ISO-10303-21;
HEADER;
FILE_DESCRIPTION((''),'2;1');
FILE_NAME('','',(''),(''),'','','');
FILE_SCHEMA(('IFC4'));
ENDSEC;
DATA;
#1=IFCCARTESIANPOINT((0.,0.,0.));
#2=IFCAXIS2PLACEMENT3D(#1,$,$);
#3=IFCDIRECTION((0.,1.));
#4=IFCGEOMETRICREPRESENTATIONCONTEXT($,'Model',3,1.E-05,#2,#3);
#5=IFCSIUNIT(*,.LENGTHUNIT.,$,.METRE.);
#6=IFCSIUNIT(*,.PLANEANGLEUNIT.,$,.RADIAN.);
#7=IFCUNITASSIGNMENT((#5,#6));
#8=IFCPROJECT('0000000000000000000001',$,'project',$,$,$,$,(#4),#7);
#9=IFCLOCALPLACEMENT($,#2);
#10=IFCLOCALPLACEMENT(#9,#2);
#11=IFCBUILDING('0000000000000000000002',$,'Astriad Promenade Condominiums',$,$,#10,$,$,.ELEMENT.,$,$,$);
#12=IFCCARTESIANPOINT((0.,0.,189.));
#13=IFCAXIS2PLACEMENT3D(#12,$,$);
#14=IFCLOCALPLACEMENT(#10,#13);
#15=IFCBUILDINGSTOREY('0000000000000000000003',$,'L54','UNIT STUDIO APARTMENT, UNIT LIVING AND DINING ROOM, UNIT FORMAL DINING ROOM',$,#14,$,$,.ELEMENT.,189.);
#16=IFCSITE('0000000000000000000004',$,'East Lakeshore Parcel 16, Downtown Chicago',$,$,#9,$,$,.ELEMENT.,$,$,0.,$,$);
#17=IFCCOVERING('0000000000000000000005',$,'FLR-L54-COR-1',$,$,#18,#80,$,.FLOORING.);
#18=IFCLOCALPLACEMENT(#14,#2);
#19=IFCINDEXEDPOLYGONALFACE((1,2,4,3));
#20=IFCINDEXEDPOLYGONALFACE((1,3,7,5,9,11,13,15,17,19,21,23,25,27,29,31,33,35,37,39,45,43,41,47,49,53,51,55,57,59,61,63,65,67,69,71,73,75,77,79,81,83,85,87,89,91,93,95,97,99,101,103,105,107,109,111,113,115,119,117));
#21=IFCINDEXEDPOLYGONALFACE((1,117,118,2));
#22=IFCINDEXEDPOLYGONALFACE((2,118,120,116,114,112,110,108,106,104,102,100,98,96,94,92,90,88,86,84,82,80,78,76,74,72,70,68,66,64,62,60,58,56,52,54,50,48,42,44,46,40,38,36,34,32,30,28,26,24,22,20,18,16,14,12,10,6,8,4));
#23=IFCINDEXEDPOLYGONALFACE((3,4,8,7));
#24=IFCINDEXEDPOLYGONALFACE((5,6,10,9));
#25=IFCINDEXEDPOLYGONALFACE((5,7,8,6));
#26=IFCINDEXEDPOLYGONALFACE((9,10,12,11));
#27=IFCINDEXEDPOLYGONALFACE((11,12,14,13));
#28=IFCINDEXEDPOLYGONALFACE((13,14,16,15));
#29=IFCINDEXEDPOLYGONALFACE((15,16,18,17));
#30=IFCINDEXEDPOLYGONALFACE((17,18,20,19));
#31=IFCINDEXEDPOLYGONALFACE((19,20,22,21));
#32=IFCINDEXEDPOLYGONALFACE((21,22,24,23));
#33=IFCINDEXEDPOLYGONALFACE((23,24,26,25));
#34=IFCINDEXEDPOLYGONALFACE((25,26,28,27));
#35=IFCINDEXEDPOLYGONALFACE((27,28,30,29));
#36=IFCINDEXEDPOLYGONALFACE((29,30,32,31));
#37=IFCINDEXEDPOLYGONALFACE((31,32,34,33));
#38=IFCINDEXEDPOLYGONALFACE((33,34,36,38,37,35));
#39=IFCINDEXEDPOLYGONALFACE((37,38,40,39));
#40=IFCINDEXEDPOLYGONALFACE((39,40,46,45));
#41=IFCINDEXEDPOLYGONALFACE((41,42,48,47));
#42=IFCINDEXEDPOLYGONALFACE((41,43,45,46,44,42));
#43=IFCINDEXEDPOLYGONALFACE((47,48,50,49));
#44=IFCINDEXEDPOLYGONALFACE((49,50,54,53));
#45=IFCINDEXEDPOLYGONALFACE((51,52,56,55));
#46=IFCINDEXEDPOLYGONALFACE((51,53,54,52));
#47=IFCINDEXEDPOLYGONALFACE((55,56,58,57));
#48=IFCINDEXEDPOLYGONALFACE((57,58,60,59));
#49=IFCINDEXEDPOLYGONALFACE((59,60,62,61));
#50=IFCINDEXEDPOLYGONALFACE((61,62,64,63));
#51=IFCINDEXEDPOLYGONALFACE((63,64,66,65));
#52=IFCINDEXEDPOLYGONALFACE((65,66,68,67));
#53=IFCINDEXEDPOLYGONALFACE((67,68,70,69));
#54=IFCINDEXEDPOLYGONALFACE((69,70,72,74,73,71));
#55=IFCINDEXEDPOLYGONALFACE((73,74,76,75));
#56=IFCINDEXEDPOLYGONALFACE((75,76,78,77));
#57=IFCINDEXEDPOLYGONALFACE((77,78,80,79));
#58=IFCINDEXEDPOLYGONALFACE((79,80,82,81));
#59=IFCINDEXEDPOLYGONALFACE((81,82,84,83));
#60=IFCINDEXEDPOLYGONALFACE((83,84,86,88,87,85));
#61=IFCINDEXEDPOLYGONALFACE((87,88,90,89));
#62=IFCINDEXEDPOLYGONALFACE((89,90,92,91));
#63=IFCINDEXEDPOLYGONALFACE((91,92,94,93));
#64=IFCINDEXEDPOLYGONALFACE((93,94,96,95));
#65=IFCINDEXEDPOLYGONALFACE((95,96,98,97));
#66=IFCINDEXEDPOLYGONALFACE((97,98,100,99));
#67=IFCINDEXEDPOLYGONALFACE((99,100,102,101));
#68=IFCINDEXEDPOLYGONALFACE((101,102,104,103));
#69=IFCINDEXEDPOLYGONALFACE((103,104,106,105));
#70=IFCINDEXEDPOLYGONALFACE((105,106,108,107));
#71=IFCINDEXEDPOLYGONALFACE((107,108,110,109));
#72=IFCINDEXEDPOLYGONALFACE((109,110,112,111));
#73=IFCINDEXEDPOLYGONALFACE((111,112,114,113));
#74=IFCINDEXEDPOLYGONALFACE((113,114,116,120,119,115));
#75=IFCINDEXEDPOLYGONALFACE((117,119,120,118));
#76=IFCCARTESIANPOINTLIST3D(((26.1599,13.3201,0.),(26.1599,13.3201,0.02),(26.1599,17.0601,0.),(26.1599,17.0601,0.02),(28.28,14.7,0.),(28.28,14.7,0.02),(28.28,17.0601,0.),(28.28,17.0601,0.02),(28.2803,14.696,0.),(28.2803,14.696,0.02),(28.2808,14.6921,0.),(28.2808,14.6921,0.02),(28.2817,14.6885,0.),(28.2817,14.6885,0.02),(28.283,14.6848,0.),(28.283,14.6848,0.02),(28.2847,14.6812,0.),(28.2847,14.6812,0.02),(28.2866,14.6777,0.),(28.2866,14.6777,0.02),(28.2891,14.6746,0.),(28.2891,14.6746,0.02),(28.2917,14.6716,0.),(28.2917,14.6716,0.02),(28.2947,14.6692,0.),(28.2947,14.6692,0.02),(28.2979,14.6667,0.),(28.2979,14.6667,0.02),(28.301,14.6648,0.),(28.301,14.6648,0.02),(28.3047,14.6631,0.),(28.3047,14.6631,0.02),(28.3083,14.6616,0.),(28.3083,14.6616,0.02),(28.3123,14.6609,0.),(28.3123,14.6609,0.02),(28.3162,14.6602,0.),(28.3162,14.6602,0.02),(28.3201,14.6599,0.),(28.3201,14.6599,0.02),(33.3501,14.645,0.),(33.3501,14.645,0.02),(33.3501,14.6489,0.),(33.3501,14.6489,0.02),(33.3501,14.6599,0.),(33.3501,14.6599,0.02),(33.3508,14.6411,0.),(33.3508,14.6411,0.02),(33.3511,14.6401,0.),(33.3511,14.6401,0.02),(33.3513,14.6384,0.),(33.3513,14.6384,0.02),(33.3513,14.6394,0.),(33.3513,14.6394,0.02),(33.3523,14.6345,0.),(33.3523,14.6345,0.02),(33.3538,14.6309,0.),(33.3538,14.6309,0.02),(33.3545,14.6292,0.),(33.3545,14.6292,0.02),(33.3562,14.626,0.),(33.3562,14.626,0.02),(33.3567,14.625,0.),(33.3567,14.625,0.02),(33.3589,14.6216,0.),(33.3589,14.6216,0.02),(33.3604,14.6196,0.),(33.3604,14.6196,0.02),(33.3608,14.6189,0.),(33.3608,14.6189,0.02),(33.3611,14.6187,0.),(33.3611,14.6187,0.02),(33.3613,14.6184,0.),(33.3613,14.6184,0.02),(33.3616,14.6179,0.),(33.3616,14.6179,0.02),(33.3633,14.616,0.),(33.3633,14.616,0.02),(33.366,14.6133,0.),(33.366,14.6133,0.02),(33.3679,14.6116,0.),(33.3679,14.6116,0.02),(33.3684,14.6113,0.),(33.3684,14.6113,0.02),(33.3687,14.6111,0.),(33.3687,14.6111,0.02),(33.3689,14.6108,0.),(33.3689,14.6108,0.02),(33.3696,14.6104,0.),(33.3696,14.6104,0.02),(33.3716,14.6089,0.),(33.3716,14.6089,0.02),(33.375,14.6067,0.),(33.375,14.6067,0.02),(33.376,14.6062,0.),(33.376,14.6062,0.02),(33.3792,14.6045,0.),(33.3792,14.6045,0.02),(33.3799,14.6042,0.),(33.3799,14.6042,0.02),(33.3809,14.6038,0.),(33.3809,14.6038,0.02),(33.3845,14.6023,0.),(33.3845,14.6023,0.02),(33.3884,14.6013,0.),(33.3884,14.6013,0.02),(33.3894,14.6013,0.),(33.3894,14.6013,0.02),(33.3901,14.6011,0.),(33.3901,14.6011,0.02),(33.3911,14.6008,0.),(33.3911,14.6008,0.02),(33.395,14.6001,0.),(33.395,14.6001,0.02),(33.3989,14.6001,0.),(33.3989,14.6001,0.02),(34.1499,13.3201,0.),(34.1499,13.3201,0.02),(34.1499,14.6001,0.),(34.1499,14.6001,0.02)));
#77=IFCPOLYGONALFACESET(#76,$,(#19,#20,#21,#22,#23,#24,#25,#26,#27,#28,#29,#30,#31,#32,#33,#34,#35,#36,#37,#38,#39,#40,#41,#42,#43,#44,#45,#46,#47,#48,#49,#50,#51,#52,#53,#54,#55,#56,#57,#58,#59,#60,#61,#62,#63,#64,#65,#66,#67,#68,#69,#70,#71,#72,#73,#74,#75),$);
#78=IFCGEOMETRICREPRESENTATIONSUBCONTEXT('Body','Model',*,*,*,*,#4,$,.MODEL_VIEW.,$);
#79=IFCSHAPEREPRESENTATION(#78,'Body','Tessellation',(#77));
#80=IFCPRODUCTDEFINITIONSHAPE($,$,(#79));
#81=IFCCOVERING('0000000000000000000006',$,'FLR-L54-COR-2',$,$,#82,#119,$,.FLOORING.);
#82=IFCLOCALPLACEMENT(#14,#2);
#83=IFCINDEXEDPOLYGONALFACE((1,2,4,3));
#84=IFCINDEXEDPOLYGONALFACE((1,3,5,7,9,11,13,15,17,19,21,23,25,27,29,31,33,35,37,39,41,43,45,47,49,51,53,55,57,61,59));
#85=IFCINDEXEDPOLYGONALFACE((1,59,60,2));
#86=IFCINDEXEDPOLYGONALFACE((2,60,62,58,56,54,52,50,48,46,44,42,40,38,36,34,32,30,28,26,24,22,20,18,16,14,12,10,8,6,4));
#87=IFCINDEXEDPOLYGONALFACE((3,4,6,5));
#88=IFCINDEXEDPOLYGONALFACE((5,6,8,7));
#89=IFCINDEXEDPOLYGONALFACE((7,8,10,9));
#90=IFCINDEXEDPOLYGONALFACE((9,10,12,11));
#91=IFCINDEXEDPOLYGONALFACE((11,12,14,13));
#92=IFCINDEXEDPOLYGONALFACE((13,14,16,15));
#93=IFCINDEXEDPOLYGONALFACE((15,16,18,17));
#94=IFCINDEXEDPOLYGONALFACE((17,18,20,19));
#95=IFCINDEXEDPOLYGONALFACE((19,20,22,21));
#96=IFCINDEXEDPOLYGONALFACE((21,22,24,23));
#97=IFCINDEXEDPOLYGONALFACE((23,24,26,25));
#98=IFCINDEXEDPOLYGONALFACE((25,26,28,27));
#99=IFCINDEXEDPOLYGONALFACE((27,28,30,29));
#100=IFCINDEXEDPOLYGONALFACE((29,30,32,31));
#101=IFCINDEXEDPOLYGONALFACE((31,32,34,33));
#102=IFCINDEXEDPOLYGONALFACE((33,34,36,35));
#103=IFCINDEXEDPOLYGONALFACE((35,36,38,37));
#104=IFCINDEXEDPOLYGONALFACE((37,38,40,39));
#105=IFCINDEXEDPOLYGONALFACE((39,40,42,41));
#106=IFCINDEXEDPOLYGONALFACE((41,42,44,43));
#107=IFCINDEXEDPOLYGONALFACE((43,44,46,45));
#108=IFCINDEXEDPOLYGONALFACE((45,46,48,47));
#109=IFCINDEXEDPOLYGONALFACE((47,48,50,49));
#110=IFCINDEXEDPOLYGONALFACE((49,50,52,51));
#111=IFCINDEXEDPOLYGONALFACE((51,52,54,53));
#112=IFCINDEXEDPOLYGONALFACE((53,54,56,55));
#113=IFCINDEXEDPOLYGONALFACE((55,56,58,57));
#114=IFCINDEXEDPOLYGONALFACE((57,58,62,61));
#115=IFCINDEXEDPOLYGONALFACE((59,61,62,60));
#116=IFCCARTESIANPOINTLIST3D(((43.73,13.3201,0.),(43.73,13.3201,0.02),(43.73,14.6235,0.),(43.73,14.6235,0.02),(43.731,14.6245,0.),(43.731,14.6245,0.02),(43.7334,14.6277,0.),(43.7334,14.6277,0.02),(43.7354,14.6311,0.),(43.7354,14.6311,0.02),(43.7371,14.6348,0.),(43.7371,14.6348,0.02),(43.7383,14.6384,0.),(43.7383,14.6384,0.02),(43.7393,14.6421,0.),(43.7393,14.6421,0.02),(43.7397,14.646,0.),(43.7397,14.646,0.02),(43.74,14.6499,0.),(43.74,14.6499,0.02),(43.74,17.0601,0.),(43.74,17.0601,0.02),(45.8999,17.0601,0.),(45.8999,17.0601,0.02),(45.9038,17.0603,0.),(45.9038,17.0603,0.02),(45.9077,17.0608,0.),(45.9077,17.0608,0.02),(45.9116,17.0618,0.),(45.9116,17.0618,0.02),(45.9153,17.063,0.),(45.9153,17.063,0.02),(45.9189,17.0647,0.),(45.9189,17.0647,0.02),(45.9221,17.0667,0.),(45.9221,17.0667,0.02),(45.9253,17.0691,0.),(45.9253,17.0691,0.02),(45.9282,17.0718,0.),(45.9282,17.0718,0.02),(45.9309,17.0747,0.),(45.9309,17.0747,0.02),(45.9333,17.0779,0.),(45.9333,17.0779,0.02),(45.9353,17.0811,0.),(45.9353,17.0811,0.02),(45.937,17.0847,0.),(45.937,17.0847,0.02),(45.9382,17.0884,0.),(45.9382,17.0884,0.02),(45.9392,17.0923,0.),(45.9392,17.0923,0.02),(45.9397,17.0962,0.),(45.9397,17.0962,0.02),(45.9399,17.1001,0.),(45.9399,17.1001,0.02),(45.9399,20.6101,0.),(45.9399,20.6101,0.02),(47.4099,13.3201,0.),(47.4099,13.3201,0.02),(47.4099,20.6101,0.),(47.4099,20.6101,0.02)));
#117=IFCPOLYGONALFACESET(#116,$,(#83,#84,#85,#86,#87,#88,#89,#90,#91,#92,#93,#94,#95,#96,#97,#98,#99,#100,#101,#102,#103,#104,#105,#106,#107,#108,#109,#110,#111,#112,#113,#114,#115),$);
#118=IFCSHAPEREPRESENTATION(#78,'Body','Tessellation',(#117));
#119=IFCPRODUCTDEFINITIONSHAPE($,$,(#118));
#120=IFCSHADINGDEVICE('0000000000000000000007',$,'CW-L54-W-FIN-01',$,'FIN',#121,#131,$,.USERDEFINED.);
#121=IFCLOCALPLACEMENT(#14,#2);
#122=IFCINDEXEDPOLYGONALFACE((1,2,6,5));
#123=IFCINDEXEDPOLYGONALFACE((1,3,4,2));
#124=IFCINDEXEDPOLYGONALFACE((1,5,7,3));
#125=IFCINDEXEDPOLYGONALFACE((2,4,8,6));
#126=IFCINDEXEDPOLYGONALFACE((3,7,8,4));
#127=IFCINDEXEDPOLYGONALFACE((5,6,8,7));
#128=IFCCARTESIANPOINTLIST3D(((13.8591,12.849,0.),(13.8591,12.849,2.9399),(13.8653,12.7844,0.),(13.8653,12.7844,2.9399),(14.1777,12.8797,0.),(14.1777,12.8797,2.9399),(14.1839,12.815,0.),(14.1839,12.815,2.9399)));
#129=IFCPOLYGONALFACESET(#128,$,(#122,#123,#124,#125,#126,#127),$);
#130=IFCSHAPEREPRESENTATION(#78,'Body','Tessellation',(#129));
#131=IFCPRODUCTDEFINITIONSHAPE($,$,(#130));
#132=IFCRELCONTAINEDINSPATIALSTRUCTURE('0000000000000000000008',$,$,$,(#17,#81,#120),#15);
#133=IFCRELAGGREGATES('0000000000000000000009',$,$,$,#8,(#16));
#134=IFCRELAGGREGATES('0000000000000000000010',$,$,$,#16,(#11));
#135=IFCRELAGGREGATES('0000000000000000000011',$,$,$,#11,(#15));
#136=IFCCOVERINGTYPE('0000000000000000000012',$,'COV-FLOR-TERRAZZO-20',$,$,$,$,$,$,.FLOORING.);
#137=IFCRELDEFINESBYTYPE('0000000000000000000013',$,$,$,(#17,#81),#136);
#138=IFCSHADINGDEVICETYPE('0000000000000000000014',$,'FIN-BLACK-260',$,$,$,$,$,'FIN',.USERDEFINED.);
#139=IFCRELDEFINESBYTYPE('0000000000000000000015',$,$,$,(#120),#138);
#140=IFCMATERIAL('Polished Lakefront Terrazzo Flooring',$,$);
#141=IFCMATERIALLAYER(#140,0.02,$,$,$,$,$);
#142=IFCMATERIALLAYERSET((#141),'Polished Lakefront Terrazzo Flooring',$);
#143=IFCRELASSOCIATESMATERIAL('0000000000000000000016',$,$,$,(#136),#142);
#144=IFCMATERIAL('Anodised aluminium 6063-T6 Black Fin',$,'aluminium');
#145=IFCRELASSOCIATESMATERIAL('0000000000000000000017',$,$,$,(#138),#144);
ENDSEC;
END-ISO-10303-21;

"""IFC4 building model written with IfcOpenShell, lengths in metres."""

from ifc_helpers import new_model, si_unit, direction, frame, origin, origin_2d, place, context, subcontext, project, spatial, polyline, rectangle, outline, extrude, source, transform, mapped, material, layer, layer_set, type_object, type_shapes, element, save


model = new_model("IFC4")

# Units and contexts
model_context = context("Model", 3, precision=1e-05, world=origin(), true_north=direction((0.0, 1.0)))
body_context = subcontext(model_context, "Body", "Model", "MODEL_VIEW")
ifc_project = project(units=[si_unit("LENGTHUNIT", "METRE"), si_unit("PLANEANGLEUNIT", "RADIAN")], contexts=[model_context])

# Site, building, storey
site_placement = place(None, origin())
site = spatial("IfcSite", under=ifc_project, at=site_placement, Name="East Lakeshore Parcel 16, Downtown Chicago", CompositionType="ELEMENT", RefElevation=0.0)
building_placement = place(site_placement, origin())
building = spatial("IfcBuilding", under=site, at=building_placement, Name="Astriad Promenade Condominiums", CompositionType="ELEMENT")
storey_placement = place(building_placement, frame((0.0, 0.0, 189.0)))
storey = spatial("IfcBuildingStorey", under=building, at=storey_placement, Name="L54", Description="UNIT STUDIO APARTMENT, UNIT LIVING AND DINING ROOM, UNIT FORMAL DINING ROOM", CompositionType="ELEMENT", Elevation=189.0)

# Coverings
ifc_material_1 = material(Name="Polished Lakefront Terrazzo Flooring")
ifc_layer_1 = layer(ifc_material_1, 0.02)
ifc_layer_set_1 = layer_set([ifc_layer_1], Name="Polished Lakefront Terrazzo Flooring")
covering_type = type_object("IfcCoveringType", Name="COV-FLOR-TERRAZZO-20", PredefinedType="FLOORING", material=ifc_layer_set_1)
covering_1_placement = place(storey_placement, origin())
element("IfcCovering", 1, at=covering_1_placement, inside=storey, type_object=covering_type, Name="FLR-L54-COR-1", PredefinedType="FLOORING", context=body_context, shape_type="SweptSolid", body=[
    extrude(outline(polyline([(26.1599, 13.3201), (26.1599, 17.0601), (28.28, 17.0601), (28.28, 14.7), (28.2803, 14.696), (28.2808, 14.6921), (28.2817, 14.6885), (28.283, 14.6848), (28.2847, 14.6812), (28.2866, 14.6777), (28.2891, 14.6746), (28.2917, 14.6716), (28.2947, 14.6692), (28.2979, 14.6667), (28.301, 14.6648), (28.3047, 14.6631), (28.3083, 14.6616), (28.3123, 14.6609), (28.3162, 14.6602), (28.3201, 14.6599), (33.3501, 14.6599), (33.3501, 14.6489), (33.3501, 14.645), (33.3508, 14.6411), (33.3511, 14.6401), (33.3513, 14.6394), (33.3513, 14.6384), (33.3523, 14.6345), (33.3538, 14.6309), (33.3545, 14.6292), (33.3562, 14.626), (33.3567, 14.625), (33.3589, 14.6216), (33.3604, 14.6196), (33.3608, 14.6189), (33.3611, 14.6187), (33.3613, 14.6184), (33.3616, 14.6179), (33.3633, 14.616), (33.366, 14.6133), (33.3679, 14.6116), (33.3684, 14.6113), (33.3687, 14.6111), (33.3689, 14.6108), (33.3696, 14.6104), (33.3716, 14.6089), (33.375, 14.6067), (33.376, 14.6062), (33.3792, 14.6045), (33.3799, 14.6042), (33.3809, 14.6038), (33.3845, 14.6023), (33.3884, 14.6013), (33.3894, 14.6013), (33.3901, 14.6011), (33.3911, 14.6008), (33.395, 14.6001), (33.3989, 14.6001), (34.1499, 14.6001), (34.1499, 13.3201), (26.1599, 13.3201)])), origin(), (0.0, 0.0, 1.0), 0.02),
])
covering_2_placement = place(storey_placement, origin())
element("IfcCovering", 2, at=covering_2_placement, inside=storey, type_object=covering_type, Name="FLR-L54-COR-2", PredefinedType="FLOORING", context=body_context, shape_type="SweptSolid", body=[
    extrude(outline(polyline([(43.73, 14.6235), (43.731, 14.6245), (43.7334, 14.6277), (43.7354, 14.6311), (43.7371, 14.6348), (43.7383, 14.6384), (43.7393, 14.6421), (43.7397, 14.646), (43.74, 14.6499), (43.74, 17.0601), (45.8999, 17.0601), (45.9038, 17.0603), (45.9077, 17.0608), (45.9116, 17.0618), (45.9153, 17.063), (45.9189, 17.0647), (45.9221, 17.0667), (45.9253, 17.0691), (45.9282, 17.0718), (45.9309, 17.0747), (45.9333, 17.0779), (45.9353, 17.0811), (45.937, 17.0847), (45.9382, 17.0884), (45.9392, 17.0923), (45.9397, 17.0962), (45.9399, 17.1001), (45.9399, 20.6101), (47.4099, 20.6101), (47.4099, 13.3201), (43.73, 13.3201), (43.73, 14.6235)])), origin(), (0.0, 0.0, 1.0), 0.02),
])

# Shading device
ifc_material_2 = material(Name="Anodised aluminium 6063-T6 Black Fin", Category="aluminium")
shading_device_type = type_object("IfcShadingDeviceType", Name="FIN-BLACK-260", ElementType="FIN", PredefinedType="USERDEFINED", material=ifc_material_2)
shared_shape_1 = source(origin(), body_context, "Body", "SweptSolid", [
    extrude(rectangle(XDim=0.0649, YDim=0.3201, at=origin_2d()), origin(), (0.0, 0.0, 1.0), 2.9399),
])
type_shapes(shading_device_type, [shared_shape_1])
shading_device_placement = place(storey_placement, frame((14.0215, 12.832, 0.0), z_axis=(0.0, 0.0, 1.0), x_axis=(-0.095846, 0.995396, 0.0)))
element("IfcShadingDevice", 3, at=shading_device_placement, inside=storey, type_object=shading_device_type, Name="CW-L54-W-FIN-01", ObjectType="FIN", PredefinedType="USERDEFINED", context=body_context, shape_type="MappedRepresentation", body=[
    mapped(shared_shape_1, transform((0.0, 0.0, 0.0), scale=1.0)),
])

save(model, "model.ifc")
